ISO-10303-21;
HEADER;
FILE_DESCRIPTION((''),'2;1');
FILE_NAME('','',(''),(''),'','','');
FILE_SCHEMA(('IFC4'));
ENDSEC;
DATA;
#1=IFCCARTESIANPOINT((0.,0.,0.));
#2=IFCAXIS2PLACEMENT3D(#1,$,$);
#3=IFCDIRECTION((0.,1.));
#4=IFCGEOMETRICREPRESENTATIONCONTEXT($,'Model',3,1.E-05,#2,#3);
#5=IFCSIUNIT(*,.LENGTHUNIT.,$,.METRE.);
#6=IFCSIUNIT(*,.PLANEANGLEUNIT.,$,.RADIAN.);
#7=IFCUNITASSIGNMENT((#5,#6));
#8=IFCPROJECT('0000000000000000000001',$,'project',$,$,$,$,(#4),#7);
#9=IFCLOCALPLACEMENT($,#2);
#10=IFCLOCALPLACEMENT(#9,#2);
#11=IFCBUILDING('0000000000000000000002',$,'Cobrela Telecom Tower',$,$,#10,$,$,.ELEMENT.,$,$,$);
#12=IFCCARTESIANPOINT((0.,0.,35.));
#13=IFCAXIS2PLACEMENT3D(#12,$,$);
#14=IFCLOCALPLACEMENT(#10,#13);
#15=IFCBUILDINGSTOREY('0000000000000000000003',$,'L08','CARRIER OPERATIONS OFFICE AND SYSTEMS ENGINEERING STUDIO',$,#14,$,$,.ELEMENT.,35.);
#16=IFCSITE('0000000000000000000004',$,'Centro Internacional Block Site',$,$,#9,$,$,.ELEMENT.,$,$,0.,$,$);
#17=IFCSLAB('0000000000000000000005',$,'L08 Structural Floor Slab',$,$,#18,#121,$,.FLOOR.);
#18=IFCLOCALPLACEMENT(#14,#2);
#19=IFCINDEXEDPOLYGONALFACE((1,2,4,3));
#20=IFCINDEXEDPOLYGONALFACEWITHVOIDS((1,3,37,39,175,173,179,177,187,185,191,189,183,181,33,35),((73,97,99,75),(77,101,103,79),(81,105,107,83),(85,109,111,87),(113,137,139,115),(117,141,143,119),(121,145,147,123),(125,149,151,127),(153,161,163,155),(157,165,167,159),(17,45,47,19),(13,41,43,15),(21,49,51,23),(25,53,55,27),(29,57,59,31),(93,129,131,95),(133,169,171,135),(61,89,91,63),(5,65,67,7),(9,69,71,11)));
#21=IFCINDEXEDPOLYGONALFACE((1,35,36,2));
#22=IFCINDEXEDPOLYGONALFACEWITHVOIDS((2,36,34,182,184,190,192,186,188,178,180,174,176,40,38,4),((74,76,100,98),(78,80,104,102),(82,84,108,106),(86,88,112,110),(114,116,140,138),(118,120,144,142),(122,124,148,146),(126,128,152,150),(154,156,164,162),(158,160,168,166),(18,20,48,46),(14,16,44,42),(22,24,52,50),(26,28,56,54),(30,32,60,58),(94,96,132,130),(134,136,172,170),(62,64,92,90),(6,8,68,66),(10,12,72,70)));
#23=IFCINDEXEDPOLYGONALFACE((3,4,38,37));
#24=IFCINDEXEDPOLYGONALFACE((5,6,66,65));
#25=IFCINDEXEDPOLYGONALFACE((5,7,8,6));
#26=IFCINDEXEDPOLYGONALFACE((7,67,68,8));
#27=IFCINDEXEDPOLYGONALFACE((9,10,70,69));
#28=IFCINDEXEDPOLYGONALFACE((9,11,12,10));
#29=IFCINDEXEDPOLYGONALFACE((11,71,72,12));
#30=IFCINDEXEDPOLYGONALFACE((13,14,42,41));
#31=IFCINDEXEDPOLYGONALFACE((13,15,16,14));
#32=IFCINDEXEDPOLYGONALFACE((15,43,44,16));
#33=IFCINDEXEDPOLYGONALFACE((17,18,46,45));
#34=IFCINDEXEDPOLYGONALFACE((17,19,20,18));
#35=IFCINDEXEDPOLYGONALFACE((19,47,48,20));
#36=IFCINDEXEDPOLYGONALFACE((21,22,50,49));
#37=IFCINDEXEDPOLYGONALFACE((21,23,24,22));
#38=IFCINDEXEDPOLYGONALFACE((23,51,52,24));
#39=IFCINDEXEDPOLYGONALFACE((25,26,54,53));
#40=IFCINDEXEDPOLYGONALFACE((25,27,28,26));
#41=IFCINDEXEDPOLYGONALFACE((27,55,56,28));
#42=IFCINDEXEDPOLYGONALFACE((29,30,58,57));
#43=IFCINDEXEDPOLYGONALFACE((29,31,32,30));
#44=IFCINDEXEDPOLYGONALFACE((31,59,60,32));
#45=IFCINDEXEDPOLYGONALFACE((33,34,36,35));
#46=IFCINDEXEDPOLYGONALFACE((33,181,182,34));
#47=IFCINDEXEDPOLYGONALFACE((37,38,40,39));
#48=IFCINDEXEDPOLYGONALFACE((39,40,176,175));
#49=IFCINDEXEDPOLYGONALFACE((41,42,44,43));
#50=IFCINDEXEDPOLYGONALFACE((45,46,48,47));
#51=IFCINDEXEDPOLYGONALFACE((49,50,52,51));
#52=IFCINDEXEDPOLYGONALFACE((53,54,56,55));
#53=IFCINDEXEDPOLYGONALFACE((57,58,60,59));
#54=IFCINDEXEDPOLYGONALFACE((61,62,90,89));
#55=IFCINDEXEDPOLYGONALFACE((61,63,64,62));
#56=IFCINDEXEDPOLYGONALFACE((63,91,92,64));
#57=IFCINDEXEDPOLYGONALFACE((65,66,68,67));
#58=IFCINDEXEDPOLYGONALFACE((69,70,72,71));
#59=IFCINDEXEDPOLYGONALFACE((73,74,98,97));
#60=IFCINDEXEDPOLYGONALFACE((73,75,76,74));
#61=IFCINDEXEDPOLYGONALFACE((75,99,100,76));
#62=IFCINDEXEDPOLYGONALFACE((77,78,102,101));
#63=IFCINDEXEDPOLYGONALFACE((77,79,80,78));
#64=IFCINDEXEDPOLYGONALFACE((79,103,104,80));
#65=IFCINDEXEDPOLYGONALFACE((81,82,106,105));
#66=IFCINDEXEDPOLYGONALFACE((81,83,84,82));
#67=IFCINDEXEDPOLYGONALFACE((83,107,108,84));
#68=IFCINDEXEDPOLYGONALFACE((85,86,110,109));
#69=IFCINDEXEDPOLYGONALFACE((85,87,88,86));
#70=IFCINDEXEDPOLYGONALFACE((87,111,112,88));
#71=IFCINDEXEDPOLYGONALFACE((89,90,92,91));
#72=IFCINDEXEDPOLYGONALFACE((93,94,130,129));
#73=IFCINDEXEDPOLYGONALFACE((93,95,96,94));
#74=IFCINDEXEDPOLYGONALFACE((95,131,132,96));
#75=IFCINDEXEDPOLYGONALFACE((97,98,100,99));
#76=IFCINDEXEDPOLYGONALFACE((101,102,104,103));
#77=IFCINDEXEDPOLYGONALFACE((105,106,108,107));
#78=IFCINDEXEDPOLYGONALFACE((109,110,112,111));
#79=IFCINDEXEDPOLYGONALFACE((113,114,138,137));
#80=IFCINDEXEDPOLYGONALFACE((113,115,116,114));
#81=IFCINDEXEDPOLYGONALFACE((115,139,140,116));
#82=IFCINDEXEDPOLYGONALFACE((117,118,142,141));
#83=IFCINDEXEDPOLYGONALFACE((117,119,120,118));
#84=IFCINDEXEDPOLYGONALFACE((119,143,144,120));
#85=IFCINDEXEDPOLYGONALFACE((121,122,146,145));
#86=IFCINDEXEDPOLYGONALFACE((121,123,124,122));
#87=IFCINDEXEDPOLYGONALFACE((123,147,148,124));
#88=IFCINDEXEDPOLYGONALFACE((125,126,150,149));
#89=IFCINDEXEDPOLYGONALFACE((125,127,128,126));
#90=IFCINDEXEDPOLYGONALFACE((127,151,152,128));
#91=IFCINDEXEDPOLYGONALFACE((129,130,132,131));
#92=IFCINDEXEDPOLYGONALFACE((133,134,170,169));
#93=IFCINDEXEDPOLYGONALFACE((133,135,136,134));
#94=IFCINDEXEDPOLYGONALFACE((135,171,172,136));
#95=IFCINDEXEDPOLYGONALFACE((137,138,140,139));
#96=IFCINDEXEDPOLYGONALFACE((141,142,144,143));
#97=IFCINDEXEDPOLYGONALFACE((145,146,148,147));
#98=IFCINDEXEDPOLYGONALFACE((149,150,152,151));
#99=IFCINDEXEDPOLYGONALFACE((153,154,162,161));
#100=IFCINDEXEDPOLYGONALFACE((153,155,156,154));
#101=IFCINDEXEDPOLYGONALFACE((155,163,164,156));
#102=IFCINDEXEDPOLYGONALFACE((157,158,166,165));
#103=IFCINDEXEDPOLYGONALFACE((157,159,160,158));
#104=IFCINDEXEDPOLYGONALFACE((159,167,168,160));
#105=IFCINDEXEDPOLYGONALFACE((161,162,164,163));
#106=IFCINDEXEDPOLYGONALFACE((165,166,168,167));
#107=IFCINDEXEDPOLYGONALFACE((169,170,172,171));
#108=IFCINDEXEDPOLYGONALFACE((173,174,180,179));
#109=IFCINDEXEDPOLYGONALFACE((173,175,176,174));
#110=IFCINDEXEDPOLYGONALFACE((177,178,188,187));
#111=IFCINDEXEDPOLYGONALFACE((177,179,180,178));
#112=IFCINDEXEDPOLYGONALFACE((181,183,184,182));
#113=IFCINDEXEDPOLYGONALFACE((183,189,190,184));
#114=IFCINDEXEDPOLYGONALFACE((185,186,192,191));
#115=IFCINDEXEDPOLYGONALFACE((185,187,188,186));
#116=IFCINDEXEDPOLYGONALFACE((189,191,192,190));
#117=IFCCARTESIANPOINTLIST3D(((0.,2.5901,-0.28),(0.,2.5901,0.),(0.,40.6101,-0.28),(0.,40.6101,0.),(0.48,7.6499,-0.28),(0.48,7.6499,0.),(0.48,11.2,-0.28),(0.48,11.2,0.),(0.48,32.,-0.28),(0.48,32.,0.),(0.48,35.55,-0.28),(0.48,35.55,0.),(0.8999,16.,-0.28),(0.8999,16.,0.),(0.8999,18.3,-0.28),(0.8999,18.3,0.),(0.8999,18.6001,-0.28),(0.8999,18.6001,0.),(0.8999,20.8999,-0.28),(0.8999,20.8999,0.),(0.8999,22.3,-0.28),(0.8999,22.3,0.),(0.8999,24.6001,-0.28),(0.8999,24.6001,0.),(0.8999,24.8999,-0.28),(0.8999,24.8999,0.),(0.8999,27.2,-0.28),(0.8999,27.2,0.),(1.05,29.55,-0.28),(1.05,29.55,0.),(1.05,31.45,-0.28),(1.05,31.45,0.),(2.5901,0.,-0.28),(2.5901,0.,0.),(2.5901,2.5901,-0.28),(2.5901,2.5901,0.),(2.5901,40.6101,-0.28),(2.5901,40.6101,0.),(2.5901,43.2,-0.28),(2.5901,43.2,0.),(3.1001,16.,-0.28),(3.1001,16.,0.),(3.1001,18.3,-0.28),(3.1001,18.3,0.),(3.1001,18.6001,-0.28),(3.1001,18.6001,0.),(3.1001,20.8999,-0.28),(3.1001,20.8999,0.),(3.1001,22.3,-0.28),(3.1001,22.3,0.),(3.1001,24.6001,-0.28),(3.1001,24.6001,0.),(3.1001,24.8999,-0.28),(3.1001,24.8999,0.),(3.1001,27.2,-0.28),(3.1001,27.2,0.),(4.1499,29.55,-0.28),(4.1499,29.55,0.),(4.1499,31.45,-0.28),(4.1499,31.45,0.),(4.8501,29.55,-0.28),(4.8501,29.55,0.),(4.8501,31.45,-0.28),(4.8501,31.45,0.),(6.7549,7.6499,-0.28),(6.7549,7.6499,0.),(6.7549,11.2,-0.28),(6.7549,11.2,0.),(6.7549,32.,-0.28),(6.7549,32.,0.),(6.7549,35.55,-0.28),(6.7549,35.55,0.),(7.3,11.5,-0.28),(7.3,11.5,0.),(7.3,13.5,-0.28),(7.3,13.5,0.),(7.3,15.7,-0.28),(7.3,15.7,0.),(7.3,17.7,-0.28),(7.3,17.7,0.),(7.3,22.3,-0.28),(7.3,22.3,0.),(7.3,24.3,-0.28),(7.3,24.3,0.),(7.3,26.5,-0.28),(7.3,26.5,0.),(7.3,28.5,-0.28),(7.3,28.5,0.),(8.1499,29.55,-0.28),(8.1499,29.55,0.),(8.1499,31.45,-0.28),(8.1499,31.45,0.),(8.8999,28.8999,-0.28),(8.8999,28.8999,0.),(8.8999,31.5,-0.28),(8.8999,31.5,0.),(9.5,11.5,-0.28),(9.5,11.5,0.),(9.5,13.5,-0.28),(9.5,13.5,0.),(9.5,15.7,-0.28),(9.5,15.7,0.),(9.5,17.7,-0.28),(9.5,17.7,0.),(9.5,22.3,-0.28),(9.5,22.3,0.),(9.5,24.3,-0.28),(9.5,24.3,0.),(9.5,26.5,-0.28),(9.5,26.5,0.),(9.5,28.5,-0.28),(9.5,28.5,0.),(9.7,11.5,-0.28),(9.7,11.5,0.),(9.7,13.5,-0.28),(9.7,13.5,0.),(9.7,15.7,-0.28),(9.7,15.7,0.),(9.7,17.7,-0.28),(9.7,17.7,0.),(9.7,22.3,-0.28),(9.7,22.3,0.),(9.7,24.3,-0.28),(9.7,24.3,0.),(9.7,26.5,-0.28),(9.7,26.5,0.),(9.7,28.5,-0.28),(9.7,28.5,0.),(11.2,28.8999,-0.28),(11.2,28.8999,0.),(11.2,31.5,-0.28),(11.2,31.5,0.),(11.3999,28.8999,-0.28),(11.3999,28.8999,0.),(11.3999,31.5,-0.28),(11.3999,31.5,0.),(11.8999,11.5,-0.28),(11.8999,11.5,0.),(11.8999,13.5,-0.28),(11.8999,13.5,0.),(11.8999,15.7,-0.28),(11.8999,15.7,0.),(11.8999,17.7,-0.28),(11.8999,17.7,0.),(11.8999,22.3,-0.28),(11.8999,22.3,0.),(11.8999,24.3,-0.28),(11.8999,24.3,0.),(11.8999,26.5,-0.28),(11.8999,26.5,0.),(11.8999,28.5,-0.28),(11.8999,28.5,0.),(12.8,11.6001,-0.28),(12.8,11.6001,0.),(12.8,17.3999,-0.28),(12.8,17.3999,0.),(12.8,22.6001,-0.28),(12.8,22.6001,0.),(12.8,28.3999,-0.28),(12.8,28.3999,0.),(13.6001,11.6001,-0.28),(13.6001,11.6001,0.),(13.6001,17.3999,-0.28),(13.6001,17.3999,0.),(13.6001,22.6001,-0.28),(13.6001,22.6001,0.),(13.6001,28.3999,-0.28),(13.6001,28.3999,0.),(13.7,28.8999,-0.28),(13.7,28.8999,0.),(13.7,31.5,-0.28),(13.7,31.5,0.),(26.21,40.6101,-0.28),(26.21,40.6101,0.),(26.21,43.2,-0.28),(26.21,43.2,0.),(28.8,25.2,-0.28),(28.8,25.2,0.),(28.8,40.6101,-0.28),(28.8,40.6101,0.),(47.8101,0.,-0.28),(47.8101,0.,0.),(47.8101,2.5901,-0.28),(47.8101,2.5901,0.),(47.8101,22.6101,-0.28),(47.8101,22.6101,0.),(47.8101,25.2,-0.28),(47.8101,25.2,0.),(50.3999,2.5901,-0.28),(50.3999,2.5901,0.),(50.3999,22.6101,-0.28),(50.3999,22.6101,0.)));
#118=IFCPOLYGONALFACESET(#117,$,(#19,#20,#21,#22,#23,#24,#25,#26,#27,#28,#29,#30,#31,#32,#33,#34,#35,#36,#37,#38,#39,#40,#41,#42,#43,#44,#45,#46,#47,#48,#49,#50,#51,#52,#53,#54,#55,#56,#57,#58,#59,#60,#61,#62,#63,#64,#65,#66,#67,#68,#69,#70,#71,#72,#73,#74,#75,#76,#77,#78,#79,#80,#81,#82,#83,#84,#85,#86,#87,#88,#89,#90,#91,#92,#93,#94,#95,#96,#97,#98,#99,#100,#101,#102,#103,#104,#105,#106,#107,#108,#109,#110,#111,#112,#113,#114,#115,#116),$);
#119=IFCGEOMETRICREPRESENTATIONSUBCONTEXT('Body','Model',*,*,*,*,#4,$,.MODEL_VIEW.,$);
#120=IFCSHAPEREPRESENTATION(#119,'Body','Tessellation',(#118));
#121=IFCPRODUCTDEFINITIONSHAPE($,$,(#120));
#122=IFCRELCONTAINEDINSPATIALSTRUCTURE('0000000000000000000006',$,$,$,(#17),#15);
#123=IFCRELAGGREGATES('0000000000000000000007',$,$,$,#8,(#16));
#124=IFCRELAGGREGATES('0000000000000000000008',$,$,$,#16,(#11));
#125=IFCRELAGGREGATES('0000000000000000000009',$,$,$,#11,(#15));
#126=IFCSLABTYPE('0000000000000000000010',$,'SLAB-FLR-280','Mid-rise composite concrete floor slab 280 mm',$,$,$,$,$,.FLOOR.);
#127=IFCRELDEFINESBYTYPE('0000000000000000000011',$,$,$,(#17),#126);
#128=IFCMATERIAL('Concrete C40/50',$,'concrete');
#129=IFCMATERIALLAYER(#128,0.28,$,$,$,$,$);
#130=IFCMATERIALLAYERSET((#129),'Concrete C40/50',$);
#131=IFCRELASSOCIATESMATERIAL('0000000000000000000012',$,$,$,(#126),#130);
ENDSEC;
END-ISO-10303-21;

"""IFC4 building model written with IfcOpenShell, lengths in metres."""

from ifc_helpers import new_model, si_unit, direction, frame, origin, place, context, subcontext, project, spatial, polyline, outline, extrude, material, layer, layer_set, type_object, element, save


model = new_model("IFC4")

# Units and contexts
model_context = context("Model", 3, precision=1e-05, world=origin(), true_north=direction((0.0, 1.0)))
body_context = subcontext(model_context, "Body", "Model", "MODEL_VIEW")
ifc_project = project(units=[si_unit("LENGTHUNIT", "METRE"), si_unit("PLANEANGLEUNIT", "RADIAN")], contexts=[model_context])

# Site, building, storey
site_placement = place(None, origin())
site = spatial("IfcSite", under=ifc_project, at=site_placement, Name="Centro Internacional Block Site", CompositionType="ELEMENT", RefElevation=0.0)
building_placement = place(site_placement, origin())
building = spatial("IfcBuilding", under=site, at=building_placement, Name="Cobrela Telecom Tower", CompositionType="ELEMENT")
storey_placement = place(building_placement, frame((0.0, 0.0, 35.0)))
storey = spatial("IfcBuildingStorey", under=building, at=storey_placement, Name="L08", Description="CARRIER OPERATIONS OFFICE AND SYSTEMS ENGINEERING STUDIO", CompositionType="ELEMENT", Elevation=35.0)

# Slab, openings
ifc_material_1 = material(Name="Concrete C40/50", Category="concrete")
ifc_layer_1 = layer(ifc_material_1, 0.28)
ifc_layer_set_1 = layer_set([ifc_layer_1], Name="Concrete C40/50")
slab_type_1 = type_object("IfcSlabType", Name="SLAB-FLR-280", Description="Mid-rise composite concrete floor slab 280 mm", PredefinedType="FLOOR", material=ifc_layer_set_1)
slab_1_placement = place(storey_placement, frame((0.0, 0.0, -0.28)))
slab_1 = element("IfcSlab", 1, at=slab_1_placement, inside=storey, type_object=slab_type_1, Name="L08 Structural Floor Slab", PredefinedType="FLOOR", context=body_context, shape_type="SweptSolid", body=[
    extrude(outline(polyline([(2.5901, 0.0), (47.8101, 0.0), (47.8101, 2.5901), (50.3999, 2.5901), (50.3999, 22.6101), (47.8101, 22.6101), (47.8101, 25.2), (28.8, 25.2), (28.8, 40.6101), (26.21, 40.6101), (26.21, 43.2), (2.5901, 43.2), (2.5901, 40.6101), (0.0, 40.6101), (0.0, 2.5901), (2.5901, 2.5901), (2.5901, 0.0)])), origin(), (0.0, 0.0, 1.0), 0.28),
])
opening_1_placement = place(slab_1_placement, frame((0.0, 0.0, -0.02)))
element("IfcOpeningElement", 2, at=opening_1_placement, cuts=slab_1, PredefinedType="OPENING", context=body_context, shape_type="SweptSolid", body=[
    extrude(outline(polyline([(8.8999, 28.8999), (11.2, 28.8999), (11.2, 31.5), (8.8999, 31.5), (8.8999, 28.8999)])), origin(), (0.0, 0.0, 1.0), 0.3201),
])
opening_2_placement = place(slab_1_placement, frame((0.0, 0.0, -0.02)))
element("IfcOpeningElement", 3, at=opening_2_placement, cuts=slab_1, PredefinedType="OPENING", context=body_context, shape_type="SweptSolid", body=[
    extrude(outline(polyline([(11.3999, 28.8999), (13.7, 28.8999), (13.7, 31.5), (11.3999, 31.5), (11.3999, 28.8999)])), origin(), (0.0, 0.0, 1.0), 0.3201),
])
opening_3_placement = place(slab_1_placement, frame((0.0, 0.0, -0.02)))
element("IfcOpeningElement", 4, at=opening_3_placement, cuts=slab_1, PredefinedType="OPENING", context=body_context, shape_type="SweptSolid", body=[
    extrude(outline(polyline([(7.3, 22.3), (9.5, 22.3), (9.5, 24.3), (7.3, 24.3), (7.3, 22.3)])), origin(), (0.0, 0.0, 1.0), 0.3201),
])
opening_4_placement = place(slab_1_placement, frame((0.0, 0.0, -0.02)))
element("IfcOpeningElement", 5, at=opening_4_placement, cuts=slab_1, PredefinedType="OPENING", context=body_context, shape_type="SweptSolid", body=[
    extrude(outline(polyline([(9.7, 22.3), (11.8999, 22.3), (11.8999, 24.3), (9.7, 24.3), (9.7, 22.3)])), origin(), (0.0, 0.0, 1.0), 0.3201),
])
opening_5_placement = place(slab_1_placement, frame((0.0, 0.0, -0.02)))
element("IfcOpeningElement", 6, at=opening_5_placement, cuts=slab_1, PredefinedType="OPENING", context=body_context, shape_type="SweptSolid", body=[
    extrude(outline(polyline([(7.3, 26.5), (9.5, 26.5), (9.5, 28.5), (7.3, 28.5), (7.3, 26.5)])), origin(), (0.0, 0.0, 1.0), 0.3201),
])
opening_6_placement = place(slab_1_placement, frame((0.0, 0.0, -0.02)))
element("IfcOpeningElement", 7, at=opening_6_placement, cuts=slab_1, PredefinedType="OPENING", context=body_context, shape_type="SweptSolid", body=[
    extrude(outline(polyline([(9.7, 26.5), (11.8999, 26.5), (11.8999, 28.5), (9.7, 28.5), (9.7, 26.5)])), origin(), (0.0, 0.0, 1.0), 0.3201),
])
opening_7_placement = place(slab_1_placement, frame((0.0, 0.0, -0.02)))
element("IfcOpeningElement", 8, at=opening_7_placement, cuts=slab_1, PredefinedType="OPENING", context=body_context, shape_type="SweptSolid", body=[
    extrude(outline(polyline([(7.3, 15.7), (9.5, 15.7), (9.5, 17.7), (7.3, 17.7), (7.3, 15.7)])), origin(), (0.0, 0.0, 1.0), 0.3201),
])
opening_8_placement = place(slab_1_placement, frame((0.0, 0.0, -0.02)))
element("IfcOpeningElement", 9, at=opening_8_placement, cuts=slab_1, PredefinedType="OPENING", context=body_context, shape_type="SweptSolid", body=[
    extrude(outline(polyline([(9.7, 15.7), (11.8999, 15.7), (11.8999, 17.7), (9.7, 17.7), (9.7, 15.7)])), origin(), (0.0, 0.0, 1.0), 0.3201),
])
opening_9_placement = place(slab_1_placement, frame((0.0, 0.0, -0.02)))
element("IfcOpeningElement", 10, at=opening_9_placement, cuts=slab_1, PredefinedType="OPENING", context=body_context, shape_type="SweptSolid", body=[
    extrude(outline(polyline([(7.3, 11.5), (9.5, 11.5), (9.5, 13.5), (7.3, 13.5), (7.3, 11.5)])), origin(), (0.0, 0.0, 1.0), 0.3201),
])
opening_10_placement = place(slab_1_placement, frame((0.0, 0.0, -0.02)))
element("IfcOpeningElement", 11, at=opening_10_placement, cuts=slab_1, PredefinedType="OPENING", context=body_context, shape_type="SweptSolid", body=[
    extrude(outline(polyline([(9.7, 11.5), (11.8999, 11.5), (11.8999, 13.5), (9.7, 13.5), (9.7, 11.5)])), origin(), (0.0, 0.0, 1.0), 0.3201),
])
opening_11_placement = place(slab_1_placement, frame((0.0, 0.0, -0.02)))
element("IfcOpeningElement", 12, at=opening_11_placement, cuts=slab_1, PredefinedType="OPENING", context=body_context, shape_type="SweptSolid", body=[
    extrude(outline(polyline([(0.8999, 16.0), (3.1001, 16.0), (3.1001, 18.3), (0.8999, 18.3), (0.8999, 16.0)])), origin(), (0.0, 0.0, 1.0), 0.3201),
])
opening_12_placement = place(slab_1_placement, frame((0.0, 0.0, -0.02)))
element("IfcOpeningElement", 13, at=opening_12_placement, cuts=slab_1, PredefinedType="OPENING", context=body_context, shape_type="SweptSolid", body=[
    extrude(outline(polyline([(0.8999, 18.6001), (3.1001, 18.6001), (3.1001, 20.8999), (0.8999, 20.8999), (0.8999, 18.6001)])), origin(), (0.0, 0.0, 1.0), 0.3201),
])
opening_13_placement = place(slab_1_placement, frame((0.0, 0.0, -0.02)))
element("IfcOpeningElement", 14, at=opening_13_placement, cuts=slab_1, PredefinedType="OPENING", context=body_context, shape_type="SweptSolid", body=[
    extrude(outline(polyline([(0.8999, 22.3), (3.1001, 22.3), (3.1001, 24.6001), (0.8999, 24.6001), (0.8999, 22.3)])), origin(), (0.0, 0.0, 1.0), 0.3201),
])
opening_14_placement = place(slab_1_placement, frame((0.0, 0.0, -0.02)))
element("IfcOpeningElement", 15, at=opening_14_placement, cuts=slab_1, PredefinedType="OPENING", context=body_context, shape_type="SweptSolid", body=[
    extrude(outline(polyline([(0.8999, 24.8999), (3.1001, 24.8999), (3.1001, 27.2), (0.8999, 27.2), (0.8999, 24.8999)])), origin(), (0.0, 0.0, 1.0), 0.3201),
])
opening_15_placement = place(slab_1_placement, frame((0.0, 0.0, -0.02)))
element("IfcOpeningElement", 16, at=opening_15_placement, cuts=slab_1, PredefinedType="OPENING", context=body_context, shape_type="SweptSolid", body=[
    extrude(outline(polyline([(1.05, 29.55), (4.1499, 29.55), (4.1499, 31.45), (1.05, 31.45), (1.05, 29.55)])), origin(), (0.0, 0.0, 1.0), 0.3201),
])
opening_16_placement = place(slab_1_placement, frame((0.0, 0.0, -0.02)))
element("IfcOpeningElement", 17, at=opening_16_placement, cuts=slab_1, PredefinedType="OPENING", context=body_context, shape_type="SweptSolid", body=[
    extrude(outline(polyline([(4.8501, 29.55), (8.1499, 29.55), (8.1499, 31.45), (4.8501, 31.45), (4.8501, 29.55)])), origin(), (0.0, 0.0, 1.0), 0.3201),
])
opening_17_placement = place(slab_1_placement, frame((0.0, 0.0, -0.02)))
element("IfcOpeningElement", 18, at=opening_17_placement, cuts=slab_1, PredefinedType="OPENING", context=body_context, shape_type="SweptSolid", body=[
    extrude(outline(polyline([(12.8, 22.6001), (13.6001, 22.6001), (13.6001, 28.3999), (12.8, 28.3999), (12.8, 22.6001)])), origin(), (0.0, 0.0, 1.0), 0.3201),
])
opening_18_placement = place(slab_1_placement, frame((0.0, 0.0, -0.02)))
element("IfcOpeningElement", 19, at=opening_18_placement, cuts=slab_1, PredefinedType="OPENING", context=body_context, shape_type="SweptSolid", body=[
    extrude(outline(polyline([(12.8, 11.6001), (13.6001, 11.6001), (13.6001, 17.3999), (12.8, 17.3999), (12.8, 11.6001)])), origin(), (0.0, 0.0, 1.0), 0.3201),
])
opening_19_placement = place(slab_1_placement, frame((0.0, 0.0, -0.02)))
element("IfcOpeningElement", 20, at=opening_19_placement, cuts=slab_1, PredefinedType="OPENING", context=body_context, shape_type="SweptSolid", body=[
    extrude(outline(polyline([(6.7549, 35.55), (0.48, 35.55), (0.48, 32.0), (6.7549, 32.0), (6.7549, 35.55)])), origin(), (0.0, 0.0, 1.0), 0.3201),
])
opening_20_placement = place(slab_1_placement, frame((0.0, 0.0, -0.02)))
element("IfcOpeningElement", 21, at=opening_20_placement, cuts=slab_1, PredefinedType="OPENING", context=body_context, shape_type="SweptSolid", body=[
    extrude(outline(polyline([(6.7549, 11.2), (0.48, 11.2), (0.48, 7.6499), (6.7549, 7.6499), (6.7549, 11.2)])), origin(), (0.0, 0.0, 1.0), 0.3201),
])

save(model, "model.ifc")
